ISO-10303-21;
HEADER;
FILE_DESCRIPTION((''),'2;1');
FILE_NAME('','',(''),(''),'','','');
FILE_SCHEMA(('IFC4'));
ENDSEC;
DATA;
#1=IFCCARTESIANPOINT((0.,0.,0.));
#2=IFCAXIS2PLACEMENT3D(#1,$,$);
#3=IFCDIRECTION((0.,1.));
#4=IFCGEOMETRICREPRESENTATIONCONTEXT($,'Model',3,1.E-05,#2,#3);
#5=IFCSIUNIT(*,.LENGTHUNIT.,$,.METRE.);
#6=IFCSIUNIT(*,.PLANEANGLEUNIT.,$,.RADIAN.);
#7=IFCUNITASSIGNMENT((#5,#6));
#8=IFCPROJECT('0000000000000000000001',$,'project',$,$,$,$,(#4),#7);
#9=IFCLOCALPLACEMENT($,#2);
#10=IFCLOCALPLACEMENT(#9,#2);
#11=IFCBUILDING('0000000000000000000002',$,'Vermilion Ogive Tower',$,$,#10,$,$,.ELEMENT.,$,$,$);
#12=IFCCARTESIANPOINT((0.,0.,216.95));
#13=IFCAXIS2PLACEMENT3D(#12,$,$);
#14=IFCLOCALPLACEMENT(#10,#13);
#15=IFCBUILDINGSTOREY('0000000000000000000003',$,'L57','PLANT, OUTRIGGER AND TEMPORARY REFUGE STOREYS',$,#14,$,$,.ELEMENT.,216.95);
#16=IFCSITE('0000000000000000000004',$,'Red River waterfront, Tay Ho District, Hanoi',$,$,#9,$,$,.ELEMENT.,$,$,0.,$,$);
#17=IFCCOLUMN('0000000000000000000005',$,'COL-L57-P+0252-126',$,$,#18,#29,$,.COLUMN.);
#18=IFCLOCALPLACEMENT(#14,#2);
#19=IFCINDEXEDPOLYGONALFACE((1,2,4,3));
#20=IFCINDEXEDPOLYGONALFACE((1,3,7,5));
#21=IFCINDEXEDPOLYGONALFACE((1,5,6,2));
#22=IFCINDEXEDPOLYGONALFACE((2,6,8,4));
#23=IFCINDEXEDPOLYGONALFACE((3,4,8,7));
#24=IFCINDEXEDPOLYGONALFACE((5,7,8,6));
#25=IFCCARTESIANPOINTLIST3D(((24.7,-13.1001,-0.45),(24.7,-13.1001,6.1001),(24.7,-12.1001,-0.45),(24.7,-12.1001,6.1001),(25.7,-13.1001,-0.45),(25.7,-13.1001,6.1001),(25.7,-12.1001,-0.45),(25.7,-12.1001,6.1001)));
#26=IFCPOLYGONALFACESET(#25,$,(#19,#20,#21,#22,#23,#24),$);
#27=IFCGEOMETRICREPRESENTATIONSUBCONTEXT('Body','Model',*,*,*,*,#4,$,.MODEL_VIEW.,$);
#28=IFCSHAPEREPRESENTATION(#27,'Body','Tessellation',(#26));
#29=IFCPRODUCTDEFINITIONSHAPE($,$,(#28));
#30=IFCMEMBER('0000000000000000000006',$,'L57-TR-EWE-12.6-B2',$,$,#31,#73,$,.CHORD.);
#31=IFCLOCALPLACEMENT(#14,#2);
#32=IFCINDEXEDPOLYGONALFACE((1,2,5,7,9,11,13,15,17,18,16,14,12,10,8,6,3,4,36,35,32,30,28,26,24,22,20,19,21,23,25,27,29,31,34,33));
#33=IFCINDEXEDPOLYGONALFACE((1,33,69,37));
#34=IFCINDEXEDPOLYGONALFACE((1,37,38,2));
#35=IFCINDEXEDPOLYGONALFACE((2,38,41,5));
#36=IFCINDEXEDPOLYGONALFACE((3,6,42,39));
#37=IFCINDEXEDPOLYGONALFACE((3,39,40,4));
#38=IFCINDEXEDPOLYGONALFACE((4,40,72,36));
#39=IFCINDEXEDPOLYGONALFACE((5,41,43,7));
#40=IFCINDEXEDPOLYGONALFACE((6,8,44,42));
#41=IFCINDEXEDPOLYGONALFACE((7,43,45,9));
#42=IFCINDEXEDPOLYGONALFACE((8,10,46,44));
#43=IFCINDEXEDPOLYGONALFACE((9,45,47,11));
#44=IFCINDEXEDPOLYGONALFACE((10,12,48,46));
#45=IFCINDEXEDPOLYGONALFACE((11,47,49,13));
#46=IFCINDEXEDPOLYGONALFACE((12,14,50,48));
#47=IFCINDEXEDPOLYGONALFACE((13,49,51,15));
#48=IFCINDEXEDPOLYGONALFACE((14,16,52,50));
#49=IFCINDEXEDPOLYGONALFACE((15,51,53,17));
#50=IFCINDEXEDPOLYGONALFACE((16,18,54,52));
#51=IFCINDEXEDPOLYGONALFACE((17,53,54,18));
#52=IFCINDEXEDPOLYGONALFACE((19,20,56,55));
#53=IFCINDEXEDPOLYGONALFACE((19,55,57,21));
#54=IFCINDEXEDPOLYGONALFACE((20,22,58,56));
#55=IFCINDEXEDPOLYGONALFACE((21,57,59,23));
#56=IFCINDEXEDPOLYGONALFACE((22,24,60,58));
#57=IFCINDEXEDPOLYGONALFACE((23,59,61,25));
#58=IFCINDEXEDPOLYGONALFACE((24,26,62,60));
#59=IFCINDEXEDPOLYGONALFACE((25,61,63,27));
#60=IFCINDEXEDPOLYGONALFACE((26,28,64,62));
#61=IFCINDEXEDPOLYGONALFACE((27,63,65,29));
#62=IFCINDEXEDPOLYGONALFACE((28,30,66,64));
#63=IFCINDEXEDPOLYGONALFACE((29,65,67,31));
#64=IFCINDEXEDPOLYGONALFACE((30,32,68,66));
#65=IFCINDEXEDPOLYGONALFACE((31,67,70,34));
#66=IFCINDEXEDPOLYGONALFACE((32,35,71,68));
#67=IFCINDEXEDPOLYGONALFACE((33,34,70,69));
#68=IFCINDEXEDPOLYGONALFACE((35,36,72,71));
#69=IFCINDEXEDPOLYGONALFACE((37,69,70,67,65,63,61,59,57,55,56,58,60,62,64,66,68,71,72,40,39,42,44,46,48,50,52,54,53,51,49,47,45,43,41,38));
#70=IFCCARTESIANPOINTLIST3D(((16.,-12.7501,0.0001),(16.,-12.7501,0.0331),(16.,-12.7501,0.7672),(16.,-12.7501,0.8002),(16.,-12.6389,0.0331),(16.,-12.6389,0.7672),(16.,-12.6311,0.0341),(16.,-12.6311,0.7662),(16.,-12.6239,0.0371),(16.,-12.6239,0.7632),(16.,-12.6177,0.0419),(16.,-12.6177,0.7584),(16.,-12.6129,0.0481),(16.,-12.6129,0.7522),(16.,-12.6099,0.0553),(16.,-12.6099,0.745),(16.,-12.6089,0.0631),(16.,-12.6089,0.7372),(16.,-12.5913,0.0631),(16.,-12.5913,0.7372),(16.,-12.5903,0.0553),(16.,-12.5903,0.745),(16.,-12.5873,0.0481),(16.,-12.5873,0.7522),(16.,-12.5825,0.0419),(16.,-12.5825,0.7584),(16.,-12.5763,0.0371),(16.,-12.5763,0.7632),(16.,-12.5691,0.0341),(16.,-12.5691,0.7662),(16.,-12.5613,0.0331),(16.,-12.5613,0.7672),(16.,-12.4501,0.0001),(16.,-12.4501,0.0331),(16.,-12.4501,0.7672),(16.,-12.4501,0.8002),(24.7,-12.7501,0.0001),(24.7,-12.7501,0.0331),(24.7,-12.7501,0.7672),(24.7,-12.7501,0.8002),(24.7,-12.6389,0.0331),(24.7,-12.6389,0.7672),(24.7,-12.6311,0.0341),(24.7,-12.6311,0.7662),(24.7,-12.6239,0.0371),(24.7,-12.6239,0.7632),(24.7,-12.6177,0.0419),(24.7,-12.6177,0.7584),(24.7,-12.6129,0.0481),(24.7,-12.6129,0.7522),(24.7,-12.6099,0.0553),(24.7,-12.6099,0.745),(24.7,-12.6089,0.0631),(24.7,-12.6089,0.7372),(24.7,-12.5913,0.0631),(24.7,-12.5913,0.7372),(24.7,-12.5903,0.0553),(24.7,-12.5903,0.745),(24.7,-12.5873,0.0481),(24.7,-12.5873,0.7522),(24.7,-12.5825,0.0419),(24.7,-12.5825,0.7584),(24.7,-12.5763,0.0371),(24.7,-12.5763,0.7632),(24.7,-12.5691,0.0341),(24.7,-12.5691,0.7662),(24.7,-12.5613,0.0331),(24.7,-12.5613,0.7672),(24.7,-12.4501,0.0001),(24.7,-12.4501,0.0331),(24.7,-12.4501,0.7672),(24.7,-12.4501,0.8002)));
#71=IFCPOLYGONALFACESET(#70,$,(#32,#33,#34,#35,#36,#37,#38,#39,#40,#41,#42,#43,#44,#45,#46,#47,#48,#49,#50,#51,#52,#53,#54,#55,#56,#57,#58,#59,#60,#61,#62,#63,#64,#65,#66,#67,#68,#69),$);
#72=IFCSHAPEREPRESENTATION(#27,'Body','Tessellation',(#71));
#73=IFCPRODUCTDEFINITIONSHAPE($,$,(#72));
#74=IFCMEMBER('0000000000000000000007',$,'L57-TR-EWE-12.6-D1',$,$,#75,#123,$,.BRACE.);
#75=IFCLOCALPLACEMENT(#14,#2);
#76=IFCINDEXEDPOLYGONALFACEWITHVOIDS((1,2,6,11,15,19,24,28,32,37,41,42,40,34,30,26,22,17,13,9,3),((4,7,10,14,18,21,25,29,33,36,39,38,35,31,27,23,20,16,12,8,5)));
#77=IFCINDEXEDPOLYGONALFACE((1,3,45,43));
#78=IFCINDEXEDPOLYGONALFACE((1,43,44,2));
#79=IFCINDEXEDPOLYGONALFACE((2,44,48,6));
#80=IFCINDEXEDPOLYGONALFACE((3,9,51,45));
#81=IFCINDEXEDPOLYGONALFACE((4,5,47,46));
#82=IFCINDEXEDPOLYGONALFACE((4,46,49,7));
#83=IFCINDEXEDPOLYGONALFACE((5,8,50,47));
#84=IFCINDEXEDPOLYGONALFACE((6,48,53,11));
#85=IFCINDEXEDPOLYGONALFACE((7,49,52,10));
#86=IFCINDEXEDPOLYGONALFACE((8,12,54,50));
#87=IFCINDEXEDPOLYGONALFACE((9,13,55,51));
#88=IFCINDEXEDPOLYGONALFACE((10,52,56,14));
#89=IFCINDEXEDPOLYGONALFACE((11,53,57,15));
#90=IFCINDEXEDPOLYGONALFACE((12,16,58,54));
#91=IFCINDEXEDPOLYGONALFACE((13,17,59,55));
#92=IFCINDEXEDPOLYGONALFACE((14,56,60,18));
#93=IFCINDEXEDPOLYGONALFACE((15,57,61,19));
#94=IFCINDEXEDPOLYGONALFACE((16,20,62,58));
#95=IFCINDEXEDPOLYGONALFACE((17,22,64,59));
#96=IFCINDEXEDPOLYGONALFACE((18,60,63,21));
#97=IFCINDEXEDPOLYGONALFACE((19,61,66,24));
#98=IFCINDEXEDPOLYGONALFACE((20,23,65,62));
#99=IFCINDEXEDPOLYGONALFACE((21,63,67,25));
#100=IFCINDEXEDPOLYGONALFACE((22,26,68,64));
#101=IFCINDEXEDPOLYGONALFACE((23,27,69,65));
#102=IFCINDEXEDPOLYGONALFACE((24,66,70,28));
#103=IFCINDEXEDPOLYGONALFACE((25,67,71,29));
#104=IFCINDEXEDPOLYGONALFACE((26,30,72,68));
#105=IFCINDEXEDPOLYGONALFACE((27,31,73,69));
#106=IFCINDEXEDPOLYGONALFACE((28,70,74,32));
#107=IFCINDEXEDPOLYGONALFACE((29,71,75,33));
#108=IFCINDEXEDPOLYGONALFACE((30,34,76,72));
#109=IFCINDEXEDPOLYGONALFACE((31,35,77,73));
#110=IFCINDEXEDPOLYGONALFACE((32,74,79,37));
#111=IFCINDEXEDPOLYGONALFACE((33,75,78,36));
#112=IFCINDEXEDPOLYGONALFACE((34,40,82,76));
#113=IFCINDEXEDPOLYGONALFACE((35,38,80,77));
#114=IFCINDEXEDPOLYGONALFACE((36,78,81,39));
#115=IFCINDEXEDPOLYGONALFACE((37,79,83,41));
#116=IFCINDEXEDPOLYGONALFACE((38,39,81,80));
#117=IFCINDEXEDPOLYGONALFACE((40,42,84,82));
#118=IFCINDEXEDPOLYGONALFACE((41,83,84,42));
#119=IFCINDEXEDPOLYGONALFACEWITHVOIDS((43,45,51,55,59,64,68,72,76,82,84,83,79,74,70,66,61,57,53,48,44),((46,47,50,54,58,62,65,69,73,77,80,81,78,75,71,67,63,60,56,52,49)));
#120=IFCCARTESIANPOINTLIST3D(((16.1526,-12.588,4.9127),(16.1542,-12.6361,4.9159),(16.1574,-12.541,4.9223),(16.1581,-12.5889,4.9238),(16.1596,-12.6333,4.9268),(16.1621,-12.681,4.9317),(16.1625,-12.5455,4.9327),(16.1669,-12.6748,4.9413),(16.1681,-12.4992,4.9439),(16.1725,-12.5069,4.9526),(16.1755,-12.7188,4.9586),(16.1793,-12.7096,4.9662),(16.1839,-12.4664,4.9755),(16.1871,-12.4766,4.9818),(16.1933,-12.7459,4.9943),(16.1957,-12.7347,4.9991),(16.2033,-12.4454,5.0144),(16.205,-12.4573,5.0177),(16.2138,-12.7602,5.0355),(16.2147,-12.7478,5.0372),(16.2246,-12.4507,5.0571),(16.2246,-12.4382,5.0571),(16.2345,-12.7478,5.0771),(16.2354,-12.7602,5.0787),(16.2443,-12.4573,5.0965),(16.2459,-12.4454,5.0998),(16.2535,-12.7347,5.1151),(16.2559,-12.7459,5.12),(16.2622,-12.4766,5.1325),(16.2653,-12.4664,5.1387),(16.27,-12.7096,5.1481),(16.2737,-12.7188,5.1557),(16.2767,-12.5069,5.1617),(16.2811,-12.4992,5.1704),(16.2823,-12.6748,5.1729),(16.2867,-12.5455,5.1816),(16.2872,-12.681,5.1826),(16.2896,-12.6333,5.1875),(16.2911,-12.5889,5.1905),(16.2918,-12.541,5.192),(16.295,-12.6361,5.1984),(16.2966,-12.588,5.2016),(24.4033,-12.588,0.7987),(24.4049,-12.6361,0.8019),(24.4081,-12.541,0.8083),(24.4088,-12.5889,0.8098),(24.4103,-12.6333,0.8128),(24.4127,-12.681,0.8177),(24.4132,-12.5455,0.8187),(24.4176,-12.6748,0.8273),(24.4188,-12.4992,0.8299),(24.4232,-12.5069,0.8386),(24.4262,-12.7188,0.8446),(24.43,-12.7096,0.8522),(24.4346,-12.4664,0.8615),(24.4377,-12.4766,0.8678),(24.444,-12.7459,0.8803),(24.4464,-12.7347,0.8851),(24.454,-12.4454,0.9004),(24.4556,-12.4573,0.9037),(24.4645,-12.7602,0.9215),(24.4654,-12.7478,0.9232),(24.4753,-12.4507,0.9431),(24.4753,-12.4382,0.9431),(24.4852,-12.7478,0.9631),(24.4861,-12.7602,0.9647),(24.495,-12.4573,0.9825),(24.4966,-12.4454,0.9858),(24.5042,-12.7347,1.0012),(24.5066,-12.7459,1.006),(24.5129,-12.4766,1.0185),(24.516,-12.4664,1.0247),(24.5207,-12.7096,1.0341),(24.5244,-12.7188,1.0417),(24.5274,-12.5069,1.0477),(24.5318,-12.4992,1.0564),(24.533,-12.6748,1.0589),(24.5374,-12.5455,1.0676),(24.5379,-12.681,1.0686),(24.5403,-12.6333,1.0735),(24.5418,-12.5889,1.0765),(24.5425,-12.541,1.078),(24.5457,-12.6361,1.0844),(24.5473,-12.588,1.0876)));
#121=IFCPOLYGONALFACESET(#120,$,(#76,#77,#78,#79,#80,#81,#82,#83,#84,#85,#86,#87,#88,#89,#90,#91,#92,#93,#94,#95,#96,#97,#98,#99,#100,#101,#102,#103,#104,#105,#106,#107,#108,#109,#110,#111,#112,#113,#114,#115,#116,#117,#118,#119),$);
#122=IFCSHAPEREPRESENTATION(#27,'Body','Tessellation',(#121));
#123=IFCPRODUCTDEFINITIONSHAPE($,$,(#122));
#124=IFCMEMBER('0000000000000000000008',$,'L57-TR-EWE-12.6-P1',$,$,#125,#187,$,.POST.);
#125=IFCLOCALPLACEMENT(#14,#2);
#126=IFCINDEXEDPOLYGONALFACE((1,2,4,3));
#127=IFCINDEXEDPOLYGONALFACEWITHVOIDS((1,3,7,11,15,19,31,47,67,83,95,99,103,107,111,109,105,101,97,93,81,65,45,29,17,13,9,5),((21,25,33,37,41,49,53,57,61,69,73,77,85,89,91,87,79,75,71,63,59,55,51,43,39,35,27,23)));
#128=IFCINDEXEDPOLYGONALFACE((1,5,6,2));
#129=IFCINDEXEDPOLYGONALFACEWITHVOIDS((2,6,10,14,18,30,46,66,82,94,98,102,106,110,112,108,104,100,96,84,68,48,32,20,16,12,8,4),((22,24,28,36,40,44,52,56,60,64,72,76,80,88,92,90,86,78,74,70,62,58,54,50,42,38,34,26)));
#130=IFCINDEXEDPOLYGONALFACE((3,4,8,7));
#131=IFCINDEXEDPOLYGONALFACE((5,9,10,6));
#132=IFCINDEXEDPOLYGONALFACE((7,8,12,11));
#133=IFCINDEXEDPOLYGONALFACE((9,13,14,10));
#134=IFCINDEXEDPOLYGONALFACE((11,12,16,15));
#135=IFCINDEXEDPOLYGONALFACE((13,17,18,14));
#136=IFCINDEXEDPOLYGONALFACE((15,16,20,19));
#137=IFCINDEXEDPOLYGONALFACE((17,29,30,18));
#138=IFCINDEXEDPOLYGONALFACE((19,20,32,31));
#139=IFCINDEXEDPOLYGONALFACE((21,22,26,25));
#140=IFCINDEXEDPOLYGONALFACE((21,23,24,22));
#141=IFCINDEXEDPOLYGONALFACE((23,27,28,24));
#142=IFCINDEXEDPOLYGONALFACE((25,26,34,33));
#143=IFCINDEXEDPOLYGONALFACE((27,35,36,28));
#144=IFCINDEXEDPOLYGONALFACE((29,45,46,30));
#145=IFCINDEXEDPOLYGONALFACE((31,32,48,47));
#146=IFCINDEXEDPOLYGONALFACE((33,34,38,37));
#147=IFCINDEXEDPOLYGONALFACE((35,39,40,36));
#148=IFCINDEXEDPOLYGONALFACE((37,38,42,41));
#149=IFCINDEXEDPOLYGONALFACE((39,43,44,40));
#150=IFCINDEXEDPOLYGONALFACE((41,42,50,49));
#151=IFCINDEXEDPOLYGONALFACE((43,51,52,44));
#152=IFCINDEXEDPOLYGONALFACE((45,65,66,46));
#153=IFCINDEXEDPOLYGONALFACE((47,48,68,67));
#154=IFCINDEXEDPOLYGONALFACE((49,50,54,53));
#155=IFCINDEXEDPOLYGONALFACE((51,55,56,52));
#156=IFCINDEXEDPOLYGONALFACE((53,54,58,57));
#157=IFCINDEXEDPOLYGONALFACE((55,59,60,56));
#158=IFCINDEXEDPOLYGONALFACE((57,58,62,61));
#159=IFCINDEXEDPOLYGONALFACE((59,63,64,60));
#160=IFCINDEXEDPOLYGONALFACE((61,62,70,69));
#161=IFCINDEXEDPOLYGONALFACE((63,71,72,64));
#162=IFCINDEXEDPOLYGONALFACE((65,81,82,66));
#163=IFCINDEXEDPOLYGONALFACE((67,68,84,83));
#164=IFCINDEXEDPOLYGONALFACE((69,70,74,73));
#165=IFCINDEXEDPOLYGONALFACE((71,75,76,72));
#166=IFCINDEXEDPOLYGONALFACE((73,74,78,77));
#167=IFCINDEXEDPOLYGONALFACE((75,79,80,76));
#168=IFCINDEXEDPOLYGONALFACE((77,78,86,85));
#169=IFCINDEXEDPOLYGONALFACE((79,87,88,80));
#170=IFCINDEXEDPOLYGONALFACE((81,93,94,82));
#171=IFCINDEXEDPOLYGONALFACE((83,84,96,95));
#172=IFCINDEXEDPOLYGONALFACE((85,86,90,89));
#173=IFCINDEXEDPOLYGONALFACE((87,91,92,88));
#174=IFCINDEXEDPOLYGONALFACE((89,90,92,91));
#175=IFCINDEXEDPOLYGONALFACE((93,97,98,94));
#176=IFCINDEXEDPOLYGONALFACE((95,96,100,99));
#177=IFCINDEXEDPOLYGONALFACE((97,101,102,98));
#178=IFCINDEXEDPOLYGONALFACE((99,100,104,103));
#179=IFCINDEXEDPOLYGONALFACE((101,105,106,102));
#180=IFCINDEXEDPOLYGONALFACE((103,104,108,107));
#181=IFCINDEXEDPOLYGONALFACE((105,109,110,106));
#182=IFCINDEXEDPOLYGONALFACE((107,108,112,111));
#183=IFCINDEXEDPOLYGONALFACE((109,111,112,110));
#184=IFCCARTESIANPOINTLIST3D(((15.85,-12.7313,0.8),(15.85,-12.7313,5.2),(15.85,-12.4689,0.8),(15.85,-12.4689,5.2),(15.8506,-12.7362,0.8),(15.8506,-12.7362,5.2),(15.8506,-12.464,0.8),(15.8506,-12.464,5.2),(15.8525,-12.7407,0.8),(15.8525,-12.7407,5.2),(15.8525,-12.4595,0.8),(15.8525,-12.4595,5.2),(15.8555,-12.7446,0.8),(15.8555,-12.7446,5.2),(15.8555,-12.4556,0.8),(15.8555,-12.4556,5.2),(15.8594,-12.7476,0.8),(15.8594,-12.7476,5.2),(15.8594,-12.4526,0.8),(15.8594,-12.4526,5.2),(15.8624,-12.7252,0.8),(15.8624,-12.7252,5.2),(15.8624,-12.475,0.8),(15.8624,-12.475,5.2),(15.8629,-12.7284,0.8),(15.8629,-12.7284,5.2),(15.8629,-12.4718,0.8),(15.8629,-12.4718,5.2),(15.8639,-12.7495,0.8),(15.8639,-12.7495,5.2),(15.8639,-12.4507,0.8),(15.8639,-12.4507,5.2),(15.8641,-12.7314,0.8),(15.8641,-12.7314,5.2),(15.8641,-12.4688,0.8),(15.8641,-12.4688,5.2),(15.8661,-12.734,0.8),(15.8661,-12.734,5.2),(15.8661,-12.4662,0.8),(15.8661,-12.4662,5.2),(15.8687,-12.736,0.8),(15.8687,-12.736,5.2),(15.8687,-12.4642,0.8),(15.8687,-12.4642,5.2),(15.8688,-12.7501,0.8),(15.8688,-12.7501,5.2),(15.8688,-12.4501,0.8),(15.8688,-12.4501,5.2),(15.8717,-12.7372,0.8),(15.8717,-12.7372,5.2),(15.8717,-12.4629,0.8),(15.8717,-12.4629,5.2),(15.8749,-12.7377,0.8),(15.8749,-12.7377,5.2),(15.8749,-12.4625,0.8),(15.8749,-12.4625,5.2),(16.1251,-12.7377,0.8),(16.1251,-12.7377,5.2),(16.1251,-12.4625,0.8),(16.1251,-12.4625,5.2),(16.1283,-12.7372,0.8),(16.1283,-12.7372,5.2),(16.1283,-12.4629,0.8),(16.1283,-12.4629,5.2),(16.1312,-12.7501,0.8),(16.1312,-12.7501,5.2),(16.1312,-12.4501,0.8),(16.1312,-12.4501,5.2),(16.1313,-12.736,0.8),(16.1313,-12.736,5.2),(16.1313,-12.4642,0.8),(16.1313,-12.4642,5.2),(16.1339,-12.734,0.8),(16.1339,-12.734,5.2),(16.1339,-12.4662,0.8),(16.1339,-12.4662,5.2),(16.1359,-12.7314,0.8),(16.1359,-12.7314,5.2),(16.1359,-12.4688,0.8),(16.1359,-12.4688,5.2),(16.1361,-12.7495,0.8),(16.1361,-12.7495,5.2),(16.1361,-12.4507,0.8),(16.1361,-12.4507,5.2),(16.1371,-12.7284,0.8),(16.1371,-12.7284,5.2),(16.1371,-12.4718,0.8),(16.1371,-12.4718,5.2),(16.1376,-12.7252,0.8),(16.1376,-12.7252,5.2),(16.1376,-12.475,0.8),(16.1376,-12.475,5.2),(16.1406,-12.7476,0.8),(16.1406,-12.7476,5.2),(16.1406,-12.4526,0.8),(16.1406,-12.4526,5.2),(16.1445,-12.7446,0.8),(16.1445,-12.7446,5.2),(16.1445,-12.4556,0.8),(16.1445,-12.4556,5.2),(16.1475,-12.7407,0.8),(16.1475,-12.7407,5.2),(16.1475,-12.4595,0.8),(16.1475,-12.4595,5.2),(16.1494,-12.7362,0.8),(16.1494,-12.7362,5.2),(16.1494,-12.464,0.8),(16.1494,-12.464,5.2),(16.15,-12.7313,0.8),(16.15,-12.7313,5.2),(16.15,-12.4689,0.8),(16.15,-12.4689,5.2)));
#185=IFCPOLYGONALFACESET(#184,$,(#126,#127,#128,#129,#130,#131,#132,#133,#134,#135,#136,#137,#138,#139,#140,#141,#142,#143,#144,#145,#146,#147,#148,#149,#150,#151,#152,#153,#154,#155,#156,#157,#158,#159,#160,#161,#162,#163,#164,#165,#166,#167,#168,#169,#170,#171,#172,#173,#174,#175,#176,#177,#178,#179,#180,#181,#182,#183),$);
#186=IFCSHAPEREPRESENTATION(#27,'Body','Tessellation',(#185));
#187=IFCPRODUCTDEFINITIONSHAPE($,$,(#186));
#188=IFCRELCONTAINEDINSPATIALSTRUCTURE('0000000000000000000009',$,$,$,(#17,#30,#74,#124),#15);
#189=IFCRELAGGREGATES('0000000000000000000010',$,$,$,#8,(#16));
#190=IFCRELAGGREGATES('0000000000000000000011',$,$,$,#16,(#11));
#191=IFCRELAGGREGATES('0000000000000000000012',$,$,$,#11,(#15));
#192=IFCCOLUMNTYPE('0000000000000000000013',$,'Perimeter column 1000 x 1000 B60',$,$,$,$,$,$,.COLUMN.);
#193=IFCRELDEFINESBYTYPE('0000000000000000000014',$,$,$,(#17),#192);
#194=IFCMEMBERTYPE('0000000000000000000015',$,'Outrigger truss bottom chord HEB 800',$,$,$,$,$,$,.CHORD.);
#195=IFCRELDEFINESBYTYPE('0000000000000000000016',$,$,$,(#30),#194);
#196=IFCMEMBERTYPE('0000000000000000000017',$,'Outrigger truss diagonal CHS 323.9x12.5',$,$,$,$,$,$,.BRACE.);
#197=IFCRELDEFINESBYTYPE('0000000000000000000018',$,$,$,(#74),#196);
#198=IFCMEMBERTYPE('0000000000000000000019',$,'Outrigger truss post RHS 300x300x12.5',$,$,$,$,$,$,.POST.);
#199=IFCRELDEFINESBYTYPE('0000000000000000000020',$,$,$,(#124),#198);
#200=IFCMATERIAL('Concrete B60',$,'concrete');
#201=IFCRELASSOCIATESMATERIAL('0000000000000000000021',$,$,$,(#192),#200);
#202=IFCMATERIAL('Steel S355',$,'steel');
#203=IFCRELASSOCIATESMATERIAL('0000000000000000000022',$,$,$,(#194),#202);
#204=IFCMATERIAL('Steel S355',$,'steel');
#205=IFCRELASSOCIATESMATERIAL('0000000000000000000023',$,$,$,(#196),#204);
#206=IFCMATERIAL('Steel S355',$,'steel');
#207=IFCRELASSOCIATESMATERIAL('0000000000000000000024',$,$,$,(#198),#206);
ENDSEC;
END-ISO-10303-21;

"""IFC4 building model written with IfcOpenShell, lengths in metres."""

from ifc_helpers import new_model, si_unit, direction, frame, origin, origin_2d, place, context, subcontext, project, spatial, rectangle, hollow_rectangle, hollow_circle, i_section, extrude, material, material_profile, profile_set, type_object, element, save


model = new_model("IFC4")

# Units and contexts
model_context = context("Model", 3, precision=1e-05, world=origin(), true_north=direction((0.0, 1.0)))
body_context = subcontext(model_context, "Body", "Model", "MODEL_VIEW")
ifc_project = project(units=[si_unit("LENGTHUNIT", "METRE"), si_unit("PLANEANGLEUNIT", "RADIAN")], contexts=[model_context])

# Site, building, storey
site_placement = place(None, origin())
site = spatial("IfcSite", under=ifc_project, at=site_placement, Name="Red River waterfront, Tay Ho District, Hanoi", CompositionType="ELEMENT", RefElevation=0.0)
building_placement = place(site_placement, origin())
building = spatial("IfcBuilding", under=site, at=building_placement, Name="Vermilion Ogive Tower", CompositionType="ELEMENT")
storey_placement = place(building_placement, frame((0.0, 0.0, 216.95)))
storey = spatial("IfcBuildingStorey", under=building, at=storey_placement, Name="L57", Description="PLANT, OUTRIGGER AND TEMPORARY REFUGE STOREYS", CompositionType="ELEMENT", Elevation=216.95)

# Column
ifc_material_1 = material(Name="Concrete B60", Category="concrete")
ifc_material_profile_1 = material_profile(ifc_material_1, rectangle(XDim=1.0, YDim=1.0, at=origin_2d()), Name="1000 x 1000")
ifc_profile_set_1 = profile_set([ifc_material_profile_1], Name="Concrete B60")
column_type = type_object("IfcColumnType", Name="Perimeter column 1000 x 1000 B60", PredefinedType="COLUMN", material=ifc_profile_set_1)
column_placement = place(storey_placement, frame((25.2, -12.6001, -0.45), z_axis=(0.0, 0.0, 1.0), x_axis=(1.0, 0.0, 0.0)))
element("IfcColumn", 1, at=column_placement, inside=storey, type_object=column_type, Name="COL-L57-P+0252-126", PredefinedType="COLUMN", context=body_context, shape_type="SweptSolid", body=[
    extrude(rectangle(XDim=1.0, YDim=1.0, at=origin_2d()), origin(), (0.0, 0.0, 1.0), 6.55),
])

# Members
ifc_material_2 = material(Name="Steel S355", Category="steel")
ifc_material_profile_2 = material_profile(ifc_material_2, i_section(OverallWidth=0.3, OverallDepth=0.8, WebThickness=0.0176, FlangeThickness=0.033, FilletRadius=0.03, at=origin_2d()), Name="HEB 800")
ifc_profile_set_2 = profile_set([ifc_material_profile_2], Name="Steel S355")
member_type_1 = type_object("IfcMemberType", Name="Outrigger truss bottom chord HEB 800", PredefinedType="CHORD", material=ifc_profile_set_2)
member_1_placement = place(storey_placement, frame((16.0, -12.6001, 0.4001), z_axis=(1.0, 0.0, 0.0), x_axis=(0.0, 1.0, 0.0)))
element("IfcMember", 2, at=member_1_placement, inside=storey, type_object=member_type_1, Name="L57-TR-EWE-12.6-B2", PredefinedType="CHORD", context=body_context, shape_type="SweptSolid", body=[
    extrude(i_section(OverallWidth=0.3, OverallDepth=0.8, WebThickness=0.0176, FlangeThickness=0.033, FilletRadius=0.03, at=origin_2d()), origin(), (0.0, 0.0, 1.0), 8.7),
])
ifc_material_3 = material(Name="Steel S355", Category="steel")
ifc_material_profile_3 = material_profile(ifc_material_3, hollow_circle(Radius=0.1619, WallThickness=0.0125, at=origin_2d()), Name="CHS 323.9x12.5")
ifc_profile_set_3 = profile_set([ifc_material_profile_3], Name="Steel S355")
member_type_2 = type_object("IfcMemberType", Name="Outrigger truss diagonal CHS 323.9x12.5", PredefinedType="BRACE", material=ifc_profile_set_3)
member_2_placement = place(storey_placement, frame((16.2246, -12.6001, 5.0571), z_axis=(0.894919, 0.0, -0.446228), x_axis=(0.0, 1.0, 0.0)))
element("IfcMember", 3, at=member_2_placement, inside=storey, type_object=member_type_2, Name="L57-TR-EWE-12.6-D1", PredefinedType="BRACE", context=body_context, shape_type="SweptSolid", body=[
    extrude(hollow_circle(Radius=0.1619, WallThickness=0.0125, at=origin_2d()), origin(), (0.0, 0.0, 1.0), 9.2195),
])
ifc_material_4 = material(Name="Steel S355", Category="steel")
ifc_material_profile_4 = material_profile(ifc_material_4, hollow_rectangle(XDim=0.3, YDim=0.3, WallThickness=0.0125, InnerFilletRadius=0.0125, OuterFilletRadius=0.0188, at=origin_2d()), Name="RHS 300x300x12.5")
ifc_profile_set_4 = profile_set([ifc_material_profile_4], Name="Steel S355")
member_type_3 = type_object("IfcMemberType", Name="Outrigger truss post RHS 300x300x12.5", PredefinedType="POST", material=ifc_profile_set_4)
for number, where, z_axis, x_axis, name in (
    (4, (16.0, -12.6001, 0.8), (0.0, 0.0, 1.0), (1.0, 0.0, 0.0), "L57-TR-EWE-12.6-P1"),
):
    element("IfcMember", number, at=place(storey_placement, frame(where, z_axis=z_axis, x_axis=x_axis)), inside=storey, type_object=member_type_3, Name=name, PredefinedType="POST", context=body_context, shape_type="SweptSolid", body=[
        extrude(hollow_rectangle(XDim=0.3, YDim=0.3, WallThickness=0.0125, InnerFilletRadius=0.0125, OuterFilletRadius=0.0188, at=origin_2d()), origin(), (0.0, 0.0, 1.0), 4.3999),
    ])

save(model, "model.ifc")
